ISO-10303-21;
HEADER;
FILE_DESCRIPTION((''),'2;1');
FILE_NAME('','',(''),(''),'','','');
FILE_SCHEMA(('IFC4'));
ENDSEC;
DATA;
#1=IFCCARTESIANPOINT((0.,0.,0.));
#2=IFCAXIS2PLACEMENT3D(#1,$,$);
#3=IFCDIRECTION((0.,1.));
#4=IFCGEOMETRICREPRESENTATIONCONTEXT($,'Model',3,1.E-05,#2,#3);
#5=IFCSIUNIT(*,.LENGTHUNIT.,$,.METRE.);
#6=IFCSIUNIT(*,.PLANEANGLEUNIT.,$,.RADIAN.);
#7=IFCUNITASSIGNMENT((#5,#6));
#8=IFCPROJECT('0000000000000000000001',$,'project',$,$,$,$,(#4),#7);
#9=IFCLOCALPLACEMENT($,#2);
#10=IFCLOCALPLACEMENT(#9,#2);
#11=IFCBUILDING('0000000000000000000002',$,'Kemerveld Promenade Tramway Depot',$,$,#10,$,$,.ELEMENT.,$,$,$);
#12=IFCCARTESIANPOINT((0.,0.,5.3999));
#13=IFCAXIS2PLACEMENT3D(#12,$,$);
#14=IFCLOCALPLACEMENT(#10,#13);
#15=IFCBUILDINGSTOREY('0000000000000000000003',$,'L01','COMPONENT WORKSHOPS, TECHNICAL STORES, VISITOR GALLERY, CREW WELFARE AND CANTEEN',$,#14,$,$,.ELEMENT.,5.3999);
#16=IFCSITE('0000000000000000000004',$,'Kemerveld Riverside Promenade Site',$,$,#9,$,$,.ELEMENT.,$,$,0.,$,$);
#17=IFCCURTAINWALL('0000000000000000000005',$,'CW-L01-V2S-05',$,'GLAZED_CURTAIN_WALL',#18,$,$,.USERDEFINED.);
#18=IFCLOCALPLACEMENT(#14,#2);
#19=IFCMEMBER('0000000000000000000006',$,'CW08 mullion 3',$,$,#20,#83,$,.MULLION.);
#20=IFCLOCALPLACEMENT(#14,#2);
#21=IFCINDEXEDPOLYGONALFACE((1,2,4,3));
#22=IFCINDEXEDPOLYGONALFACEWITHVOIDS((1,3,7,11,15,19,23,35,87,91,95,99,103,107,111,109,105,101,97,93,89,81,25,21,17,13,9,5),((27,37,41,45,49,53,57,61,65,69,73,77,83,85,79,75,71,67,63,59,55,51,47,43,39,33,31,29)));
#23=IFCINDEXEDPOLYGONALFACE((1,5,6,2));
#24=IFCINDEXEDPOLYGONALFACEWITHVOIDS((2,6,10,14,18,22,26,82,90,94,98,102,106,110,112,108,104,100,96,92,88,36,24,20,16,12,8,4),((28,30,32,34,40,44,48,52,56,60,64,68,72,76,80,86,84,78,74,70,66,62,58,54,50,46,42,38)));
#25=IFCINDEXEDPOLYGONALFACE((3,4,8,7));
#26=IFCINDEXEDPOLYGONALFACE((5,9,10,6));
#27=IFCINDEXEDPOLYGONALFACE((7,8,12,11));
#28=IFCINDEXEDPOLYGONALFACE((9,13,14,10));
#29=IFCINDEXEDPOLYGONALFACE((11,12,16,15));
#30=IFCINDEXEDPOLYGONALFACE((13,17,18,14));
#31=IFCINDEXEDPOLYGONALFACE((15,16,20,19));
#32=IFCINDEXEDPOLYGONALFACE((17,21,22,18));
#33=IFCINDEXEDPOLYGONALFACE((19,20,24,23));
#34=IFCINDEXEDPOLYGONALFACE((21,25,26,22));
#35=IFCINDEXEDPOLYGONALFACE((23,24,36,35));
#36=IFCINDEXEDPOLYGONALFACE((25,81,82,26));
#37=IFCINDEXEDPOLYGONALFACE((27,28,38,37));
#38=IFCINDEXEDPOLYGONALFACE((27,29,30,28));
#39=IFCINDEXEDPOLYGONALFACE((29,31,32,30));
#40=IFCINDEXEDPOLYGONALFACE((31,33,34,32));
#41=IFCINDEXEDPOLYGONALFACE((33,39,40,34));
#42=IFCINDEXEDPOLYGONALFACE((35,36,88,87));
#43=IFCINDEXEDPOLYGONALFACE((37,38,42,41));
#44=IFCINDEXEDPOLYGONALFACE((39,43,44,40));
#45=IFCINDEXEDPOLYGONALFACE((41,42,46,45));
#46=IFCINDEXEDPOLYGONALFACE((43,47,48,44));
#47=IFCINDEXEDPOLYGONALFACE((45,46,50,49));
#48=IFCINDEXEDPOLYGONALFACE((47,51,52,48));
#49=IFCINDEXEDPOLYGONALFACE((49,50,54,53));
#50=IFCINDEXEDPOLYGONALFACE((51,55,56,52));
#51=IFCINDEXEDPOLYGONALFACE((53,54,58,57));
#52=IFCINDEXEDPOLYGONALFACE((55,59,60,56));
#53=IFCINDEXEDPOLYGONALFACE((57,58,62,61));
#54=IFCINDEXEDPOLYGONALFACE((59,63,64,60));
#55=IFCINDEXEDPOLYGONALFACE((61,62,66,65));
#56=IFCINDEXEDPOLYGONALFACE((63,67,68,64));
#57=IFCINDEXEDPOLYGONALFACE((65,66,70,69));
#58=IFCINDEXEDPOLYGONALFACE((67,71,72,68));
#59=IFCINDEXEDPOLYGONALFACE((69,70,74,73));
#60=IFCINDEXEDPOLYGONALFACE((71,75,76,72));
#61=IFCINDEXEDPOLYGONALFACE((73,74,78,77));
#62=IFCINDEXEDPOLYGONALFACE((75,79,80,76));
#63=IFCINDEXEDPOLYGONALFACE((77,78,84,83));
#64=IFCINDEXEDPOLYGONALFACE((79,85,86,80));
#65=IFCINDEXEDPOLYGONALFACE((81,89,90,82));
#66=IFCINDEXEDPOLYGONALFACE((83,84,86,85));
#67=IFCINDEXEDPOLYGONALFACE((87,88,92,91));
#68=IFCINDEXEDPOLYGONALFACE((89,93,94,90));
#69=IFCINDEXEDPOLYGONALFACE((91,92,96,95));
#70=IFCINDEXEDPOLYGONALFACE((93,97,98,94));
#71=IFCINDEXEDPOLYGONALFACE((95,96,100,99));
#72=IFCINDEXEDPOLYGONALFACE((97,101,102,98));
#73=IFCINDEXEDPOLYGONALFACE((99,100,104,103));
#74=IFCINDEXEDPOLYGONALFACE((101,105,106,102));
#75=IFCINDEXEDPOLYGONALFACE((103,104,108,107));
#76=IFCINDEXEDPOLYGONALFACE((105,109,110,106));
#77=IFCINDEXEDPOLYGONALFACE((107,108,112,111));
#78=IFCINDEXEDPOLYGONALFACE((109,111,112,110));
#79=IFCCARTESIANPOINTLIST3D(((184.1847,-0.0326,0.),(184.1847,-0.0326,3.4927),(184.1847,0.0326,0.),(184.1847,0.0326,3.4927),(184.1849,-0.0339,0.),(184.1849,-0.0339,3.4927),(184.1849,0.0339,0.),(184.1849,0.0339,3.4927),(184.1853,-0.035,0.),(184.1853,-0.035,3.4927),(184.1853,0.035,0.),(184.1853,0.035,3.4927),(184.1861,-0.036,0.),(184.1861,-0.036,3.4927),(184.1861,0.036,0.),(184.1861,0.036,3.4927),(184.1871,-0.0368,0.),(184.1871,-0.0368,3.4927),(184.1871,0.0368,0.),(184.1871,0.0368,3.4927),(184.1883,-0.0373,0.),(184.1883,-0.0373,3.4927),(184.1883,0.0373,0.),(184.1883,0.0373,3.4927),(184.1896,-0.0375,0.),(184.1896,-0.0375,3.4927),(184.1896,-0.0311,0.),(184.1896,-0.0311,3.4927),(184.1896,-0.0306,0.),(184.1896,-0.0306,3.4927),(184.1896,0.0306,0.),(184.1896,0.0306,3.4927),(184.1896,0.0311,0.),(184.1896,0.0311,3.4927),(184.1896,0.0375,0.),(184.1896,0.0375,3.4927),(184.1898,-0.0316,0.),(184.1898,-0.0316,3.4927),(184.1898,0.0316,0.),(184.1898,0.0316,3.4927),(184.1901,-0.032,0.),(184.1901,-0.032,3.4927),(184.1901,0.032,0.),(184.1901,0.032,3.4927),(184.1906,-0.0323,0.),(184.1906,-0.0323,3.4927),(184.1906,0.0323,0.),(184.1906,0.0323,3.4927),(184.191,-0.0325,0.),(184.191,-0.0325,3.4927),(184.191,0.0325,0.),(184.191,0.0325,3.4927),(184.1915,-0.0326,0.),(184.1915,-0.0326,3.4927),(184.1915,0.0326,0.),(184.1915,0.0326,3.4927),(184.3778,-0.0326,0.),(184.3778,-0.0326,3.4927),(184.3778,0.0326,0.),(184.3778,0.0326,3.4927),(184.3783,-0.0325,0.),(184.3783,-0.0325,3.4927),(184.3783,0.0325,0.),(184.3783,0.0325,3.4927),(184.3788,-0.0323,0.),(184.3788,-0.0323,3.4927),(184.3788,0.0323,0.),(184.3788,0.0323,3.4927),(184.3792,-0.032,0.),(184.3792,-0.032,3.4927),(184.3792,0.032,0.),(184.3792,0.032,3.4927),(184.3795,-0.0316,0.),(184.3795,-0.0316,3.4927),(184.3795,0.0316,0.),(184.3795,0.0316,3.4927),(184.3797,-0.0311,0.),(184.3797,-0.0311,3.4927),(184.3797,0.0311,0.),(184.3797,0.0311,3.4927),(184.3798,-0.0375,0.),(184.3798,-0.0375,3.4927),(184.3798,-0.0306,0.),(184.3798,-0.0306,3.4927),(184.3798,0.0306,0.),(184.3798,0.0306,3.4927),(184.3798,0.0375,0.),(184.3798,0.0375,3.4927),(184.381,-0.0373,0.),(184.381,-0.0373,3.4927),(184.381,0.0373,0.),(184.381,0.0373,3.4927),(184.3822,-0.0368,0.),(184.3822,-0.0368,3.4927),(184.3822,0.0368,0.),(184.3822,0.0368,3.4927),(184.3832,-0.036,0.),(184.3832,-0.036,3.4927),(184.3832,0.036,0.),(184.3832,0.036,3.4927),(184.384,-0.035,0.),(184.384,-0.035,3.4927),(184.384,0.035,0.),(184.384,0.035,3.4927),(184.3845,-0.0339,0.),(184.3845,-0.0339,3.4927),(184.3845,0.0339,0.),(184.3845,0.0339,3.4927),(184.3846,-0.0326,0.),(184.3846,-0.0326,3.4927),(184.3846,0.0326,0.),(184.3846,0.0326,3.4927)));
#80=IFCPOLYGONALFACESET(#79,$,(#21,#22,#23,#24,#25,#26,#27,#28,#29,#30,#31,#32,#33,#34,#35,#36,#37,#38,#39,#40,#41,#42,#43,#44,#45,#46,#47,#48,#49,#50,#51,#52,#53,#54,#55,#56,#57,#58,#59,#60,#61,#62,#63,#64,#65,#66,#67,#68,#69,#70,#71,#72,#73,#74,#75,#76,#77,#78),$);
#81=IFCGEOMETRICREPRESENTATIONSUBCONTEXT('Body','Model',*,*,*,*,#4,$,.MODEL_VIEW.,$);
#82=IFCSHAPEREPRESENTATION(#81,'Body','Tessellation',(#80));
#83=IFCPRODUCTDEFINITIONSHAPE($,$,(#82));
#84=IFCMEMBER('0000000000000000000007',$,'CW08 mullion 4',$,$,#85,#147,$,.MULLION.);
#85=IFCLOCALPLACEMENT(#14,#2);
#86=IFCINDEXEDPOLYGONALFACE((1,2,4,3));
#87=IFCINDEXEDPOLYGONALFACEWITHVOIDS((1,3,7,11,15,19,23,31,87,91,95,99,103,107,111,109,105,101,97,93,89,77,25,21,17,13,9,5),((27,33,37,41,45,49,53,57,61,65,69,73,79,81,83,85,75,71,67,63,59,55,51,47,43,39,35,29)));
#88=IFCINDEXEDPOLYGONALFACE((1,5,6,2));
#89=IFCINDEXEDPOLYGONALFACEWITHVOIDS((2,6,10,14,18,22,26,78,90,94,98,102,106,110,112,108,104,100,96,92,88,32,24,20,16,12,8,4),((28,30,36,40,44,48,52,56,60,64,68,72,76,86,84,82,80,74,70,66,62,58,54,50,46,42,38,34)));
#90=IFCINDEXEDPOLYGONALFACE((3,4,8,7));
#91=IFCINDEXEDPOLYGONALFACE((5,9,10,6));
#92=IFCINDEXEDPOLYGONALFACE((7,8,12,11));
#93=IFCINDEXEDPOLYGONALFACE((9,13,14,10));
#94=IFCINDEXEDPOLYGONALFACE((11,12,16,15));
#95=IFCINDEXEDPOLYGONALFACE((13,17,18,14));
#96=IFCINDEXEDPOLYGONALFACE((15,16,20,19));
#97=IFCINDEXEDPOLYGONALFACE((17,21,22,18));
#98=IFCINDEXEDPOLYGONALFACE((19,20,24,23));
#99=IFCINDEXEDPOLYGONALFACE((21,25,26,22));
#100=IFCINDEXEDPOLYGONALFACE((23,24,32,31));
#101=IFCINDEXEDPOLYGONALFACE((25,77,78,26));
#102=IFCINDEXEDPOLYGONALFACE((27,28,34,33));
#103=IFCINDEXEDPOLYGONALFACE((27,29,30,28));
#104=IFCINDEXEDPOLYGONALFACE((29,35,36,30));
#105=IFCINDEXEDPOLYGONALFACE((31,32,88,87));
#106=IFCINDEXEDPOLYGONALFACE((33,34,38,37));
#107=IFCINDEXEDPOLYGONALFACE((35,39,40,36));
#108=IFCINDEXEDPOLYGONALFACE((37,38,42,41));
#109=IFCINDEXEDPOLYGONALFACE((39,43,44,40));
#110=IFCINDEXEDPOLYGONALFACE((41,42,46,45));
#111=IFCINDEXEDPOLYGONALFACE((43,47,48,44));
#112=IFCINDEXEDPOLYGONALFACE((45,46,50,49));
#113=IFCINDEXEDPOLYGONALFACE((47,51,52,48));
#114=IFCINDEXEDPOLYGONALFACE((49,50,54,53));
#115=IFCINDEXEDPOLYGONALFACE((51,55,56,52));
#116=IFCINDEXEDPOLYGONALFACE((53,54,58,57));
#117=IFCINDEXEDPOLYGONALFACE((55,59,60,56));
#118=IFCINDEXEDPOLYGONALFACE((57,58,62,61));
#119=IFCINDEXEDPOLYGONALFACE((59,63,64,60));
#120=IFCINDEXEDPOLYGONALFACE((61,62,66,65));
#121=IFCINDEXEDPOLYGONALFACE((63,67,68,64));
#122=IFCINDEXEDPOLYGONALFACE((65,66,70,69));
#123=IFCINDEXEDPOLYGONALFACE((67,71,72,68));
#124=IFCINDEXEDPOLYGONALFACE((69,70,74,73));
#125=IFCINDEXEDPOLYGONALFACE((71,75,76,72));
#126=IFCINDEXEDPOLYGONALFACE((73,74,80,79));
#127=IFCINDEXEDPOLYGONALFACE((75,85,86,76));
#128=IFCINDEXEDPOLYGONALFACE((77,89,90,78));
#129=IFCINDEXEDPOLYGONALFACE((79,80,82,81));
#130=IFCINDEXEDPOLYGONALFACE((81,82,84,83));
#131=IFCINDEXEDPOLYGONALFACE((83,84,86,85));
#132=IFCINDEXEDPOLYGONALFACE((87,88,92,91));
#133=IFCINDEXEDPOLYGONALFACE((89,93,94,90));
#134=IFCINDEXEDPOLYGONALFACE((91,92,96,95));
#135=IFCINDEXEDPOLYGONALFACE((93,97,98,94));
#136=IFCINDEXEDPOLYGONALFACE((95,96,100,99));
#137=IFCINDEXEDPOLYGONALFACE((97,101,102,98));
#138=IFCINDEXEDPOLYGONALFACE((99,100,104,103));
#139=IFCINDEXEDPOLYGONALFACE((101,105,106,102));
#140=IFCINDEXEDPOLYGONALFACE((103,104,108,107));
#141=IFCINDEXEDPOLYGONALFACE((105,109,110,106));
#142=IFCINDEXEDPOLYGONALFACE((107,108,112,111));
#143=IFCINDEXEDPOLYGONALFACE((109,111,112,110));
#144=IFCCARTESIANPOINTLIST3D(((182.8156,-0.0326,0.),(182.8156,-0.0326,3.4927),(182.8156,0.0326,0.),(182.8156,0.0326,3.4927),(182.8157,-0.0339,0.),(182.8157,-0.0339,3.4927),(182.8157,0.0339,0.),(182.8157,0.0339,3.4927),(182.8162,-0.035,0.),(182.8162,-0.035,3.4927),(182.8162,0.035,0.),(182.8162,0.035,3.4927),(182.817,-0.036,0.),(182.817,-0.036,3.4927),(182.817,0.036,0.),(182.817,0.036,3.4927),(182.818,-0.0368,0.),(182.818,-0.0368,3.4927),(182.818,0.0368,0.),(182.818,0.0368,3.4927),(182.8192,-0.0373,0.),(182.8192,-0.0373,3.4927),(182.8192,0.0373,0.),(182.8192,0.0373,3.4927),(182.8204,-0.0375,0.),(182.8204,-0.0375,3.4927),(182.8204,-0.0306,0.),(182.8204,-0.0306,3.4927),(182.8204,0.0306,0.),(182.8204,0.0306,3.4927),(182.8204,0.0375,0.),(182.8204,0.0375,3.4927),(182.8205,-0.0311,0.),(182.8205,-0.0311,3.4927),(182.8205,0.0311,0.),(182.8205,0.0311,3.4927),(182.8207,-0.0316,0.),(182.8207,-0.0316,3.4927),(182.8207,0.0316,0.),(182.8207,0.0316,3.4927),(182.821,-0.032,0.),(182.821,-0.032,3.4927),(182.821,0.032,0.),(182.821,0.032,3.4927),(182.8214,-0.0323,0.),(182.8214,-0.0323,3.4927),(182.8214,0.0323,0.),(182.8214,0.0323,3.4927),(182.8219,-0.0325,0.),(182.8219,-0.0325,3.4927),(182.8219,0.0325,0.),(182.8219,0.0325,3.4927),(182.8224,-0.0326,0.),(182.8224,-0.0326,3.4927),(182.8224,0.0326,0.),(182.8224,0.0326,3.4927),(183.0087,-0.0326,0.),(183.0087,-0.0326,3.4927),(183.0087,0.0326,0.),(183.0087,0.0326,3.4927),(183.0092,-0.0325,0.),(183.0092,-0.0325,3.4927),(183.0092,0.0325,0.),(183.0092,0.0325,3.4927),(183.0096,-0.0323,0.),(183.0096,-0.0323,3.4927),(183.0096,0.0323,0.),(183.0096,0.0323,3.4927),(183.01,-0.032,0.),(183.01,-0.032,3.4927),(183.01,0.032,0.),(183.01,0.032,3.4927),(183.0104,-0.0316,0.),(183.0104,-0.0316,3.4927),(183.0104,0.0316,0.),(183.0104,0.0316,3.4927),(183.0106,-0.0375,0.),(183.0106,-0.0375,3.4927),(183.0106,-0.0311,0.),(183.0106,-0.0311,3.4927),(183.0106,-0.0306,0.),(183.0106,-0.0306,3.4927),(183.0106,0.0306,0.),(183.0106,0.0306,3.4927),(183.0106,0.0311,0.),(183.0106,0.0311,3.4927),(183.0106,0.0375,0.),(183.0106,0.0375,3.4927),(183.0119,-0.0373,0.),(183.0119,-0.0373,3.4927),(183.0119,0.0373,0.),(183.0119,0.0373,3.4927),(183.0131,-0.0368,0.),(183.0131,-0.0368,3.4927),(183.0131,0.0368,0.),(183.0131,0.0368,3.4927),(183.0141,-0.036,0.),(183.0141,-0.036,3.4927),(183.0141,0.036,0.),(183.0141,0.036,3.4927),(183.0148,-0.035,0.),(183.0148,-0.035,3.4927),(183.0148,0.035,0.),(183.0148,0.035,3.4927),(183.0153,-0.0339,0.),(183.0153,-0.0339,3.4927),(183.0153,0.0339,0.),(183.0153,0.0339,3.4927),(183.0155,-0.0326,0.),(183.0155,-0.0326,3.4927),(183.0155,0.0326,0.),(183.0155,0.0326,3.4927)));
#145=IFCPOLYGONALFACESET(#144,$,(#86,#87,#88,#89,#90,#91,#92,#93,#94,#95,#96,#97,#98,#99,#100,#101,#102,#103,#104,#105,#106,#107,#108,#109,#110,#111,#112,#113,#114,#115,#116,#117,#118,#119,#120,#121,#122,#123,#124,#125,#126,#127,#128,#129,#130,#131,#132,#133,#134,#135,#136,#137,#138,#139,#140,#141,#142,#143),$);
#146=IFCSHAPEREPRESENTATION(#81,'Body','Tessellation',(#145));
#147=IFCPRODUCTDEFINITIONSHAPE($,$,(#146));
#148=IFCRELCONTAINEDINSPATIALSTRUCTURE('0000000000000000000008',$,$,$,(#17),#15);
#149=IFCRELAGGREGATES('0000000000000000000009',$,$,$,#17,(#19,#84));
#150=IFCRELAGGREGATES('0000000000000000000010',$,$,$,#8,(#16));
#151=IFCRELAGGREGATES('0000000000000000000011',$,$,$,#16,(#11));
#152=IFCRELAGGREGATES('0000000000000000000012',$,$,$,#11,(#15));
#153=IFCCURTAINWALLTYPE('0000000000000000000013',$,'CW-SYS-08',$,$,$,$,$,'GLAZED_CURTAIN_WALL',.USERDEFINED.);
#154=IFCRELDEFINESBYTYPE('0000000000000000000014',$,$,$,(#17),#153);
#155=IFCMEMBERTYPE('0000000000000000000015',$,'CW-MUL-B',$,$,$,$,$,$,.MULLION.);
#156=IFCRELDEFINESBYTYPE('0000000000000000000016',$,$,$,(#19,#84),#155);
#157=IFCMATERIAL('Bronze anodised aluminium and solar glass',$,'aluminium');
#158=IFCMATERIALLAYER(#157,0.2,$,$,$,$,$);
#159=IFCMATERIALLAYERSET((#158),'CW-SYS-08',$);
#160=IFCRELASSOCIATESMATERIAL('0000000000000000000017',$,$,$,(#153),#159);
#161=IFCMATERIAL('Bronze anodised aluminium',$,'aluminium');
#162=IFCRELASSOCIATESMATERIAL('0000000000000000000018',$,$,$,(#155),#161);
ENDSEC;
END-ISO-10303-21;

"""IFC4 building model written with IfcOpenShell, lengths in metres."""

from ifc_helpers import new_model, si_unit, direction, frame, origin, origin_2d, place, context, subcontext, project, spatial, hollow_rectangle, extrude, material, layer, layer_set, material_profile, profile_set, type_object, element, aggregate, save


model = new_model("IFC4")

# Units and contexts
model_context = context("Model", 3, precision=1e-05, world=origin(), true_north=direction((0.0, 1.0)))
body_context = subcontext(model_context, "Body", "Model", "MODEL_VIEW")
ifc_project = project(units=[si_unit("LENGTHUNIT", "METRE"), si_unit("PLANEANGLEUNIT", "RADIAN")], contexts=[model_context])

# Site, building, storey
site_placement = place(None, origin())
site = spatial("IfcSite", under=ifc_project, at=site_placement, Name="Kemerveld Riverside Promenade Site", CompositionType="ELEMENT", RefElevation=0.0)
building_placement = place(site_placement, origin())
building = spatial("IfcBuilding", under=site, at=building_placement, Name="Kemerveld Promenade Tramway Depot", CompositionType="ELEMENT")
storey_placement = place(building_placement, frame((0.0, 0.0, 5.3999)))
storey = spatial("IfcBuildingStorey", under=building, at=storey_placement, Name="L01", Description="COMPONENT WORKSHOPS, TECHNICAL STORES, VISITOR GALLERY, CREW WELFARE AND CANTEEN", CompositionType="ELEMENT", Elevation=5.3999)

# Curtain wall, members
ifc_material_1 = material(Name="Bronze anodised aluminium and solar glass", Category="aluminium")
ifc_layer_1 = layer(ifc_material_1, 0.2)
ifc_layer_set_1 = layer_set([ifc_layer_1], Name="CW-SYS-08")
curtain_wall_type = type_object("IfcCurtainWallType", Name="CW-SYS-08", ElementType="GLAZED_CURTAIN_WALL", PredefinedType="USERDEFINED", material=ifc_layer_set_1)
curtain_wall_placement = place(storey_placement, origin())
curtain_wall = element("IfcCurtainWall", 1, at=curtain_wall_placement, inside=storey, type_object=curtain_wall_type, Name="CW-L01-V2S-05", ObjectType="GLAZED_CURTAIN_WALL", PredefinedType="USERDEFINED")
ifc_material_2 = material(Name="Bronze anodised aluminium", Category="aluminium")
ifc_material_profile_1 = material_profile(ifc_material_2, hollow_rectangle(XDim=0.075, YDim=0.2, WallThickness=0.0049, InnerFilletRadius=0.002, OuterFilletRadius=0.0049, at=origin_2d()), Name="CW-MUL-200x75")
ifc_profile_set_1 = profile_set([ifc_material_profile_1], Name="Bronze anodised aluminium")
member_type_1 = type_object("IfcMemberType", Name="CW-MUL-B", PredefinedType="MULLION", material=ifc_profile_set_1)
member_1_placement = place(storey_placement, frame((184.2847, 0.0, 0.0), z_axis=(0.0, 0.0, 1.0), x_axis=(0.0, -1.0, 0.0)))
member_1 = element("IfcMember", 2, at=member_1_placement, type_object=member_type_1, Name="CW08 mullion 3", PredefinedType="MULLION", context=body_context, shape_type="SweptSolid", body=[
    extrude(hollow_rectangle(XDim=0.075, YDim=0.2, WallThickness=0.0049, InnerFilletRadius=0.002, OuterFilletRadius=0.0049, at=origin_2d()), origin(), (0.0, 0.0, 1.0), 3.4927),
])
member_2_placement = place(storey_placement, frame((182.9155, 0.0, 0.0), z_axis=(0.0, 0.0, 1.0), x_axis=(0.0, -1.0, 0.0)))
member_2 = element("IfcMember", 3, at=member_2_placement, type_object=member_type_1, Name="CW08 mullion 4", PredefinedType="MULLION", context=body_context, shape_type="SweptSolid", body=[
    extrude(hollow_rectangle(XDim=0.075, YDim=0.2, WallThickness=0.0049, InnerFilletRadius=0.002, OuterFilletRadius=0.0049, at=origin_2d()), origin(), (0.0, 0.0, 1.0), 3.4927),
])
aggregate(curtain_wall, [member_1, member_2])

save(model, "model.ifc")
